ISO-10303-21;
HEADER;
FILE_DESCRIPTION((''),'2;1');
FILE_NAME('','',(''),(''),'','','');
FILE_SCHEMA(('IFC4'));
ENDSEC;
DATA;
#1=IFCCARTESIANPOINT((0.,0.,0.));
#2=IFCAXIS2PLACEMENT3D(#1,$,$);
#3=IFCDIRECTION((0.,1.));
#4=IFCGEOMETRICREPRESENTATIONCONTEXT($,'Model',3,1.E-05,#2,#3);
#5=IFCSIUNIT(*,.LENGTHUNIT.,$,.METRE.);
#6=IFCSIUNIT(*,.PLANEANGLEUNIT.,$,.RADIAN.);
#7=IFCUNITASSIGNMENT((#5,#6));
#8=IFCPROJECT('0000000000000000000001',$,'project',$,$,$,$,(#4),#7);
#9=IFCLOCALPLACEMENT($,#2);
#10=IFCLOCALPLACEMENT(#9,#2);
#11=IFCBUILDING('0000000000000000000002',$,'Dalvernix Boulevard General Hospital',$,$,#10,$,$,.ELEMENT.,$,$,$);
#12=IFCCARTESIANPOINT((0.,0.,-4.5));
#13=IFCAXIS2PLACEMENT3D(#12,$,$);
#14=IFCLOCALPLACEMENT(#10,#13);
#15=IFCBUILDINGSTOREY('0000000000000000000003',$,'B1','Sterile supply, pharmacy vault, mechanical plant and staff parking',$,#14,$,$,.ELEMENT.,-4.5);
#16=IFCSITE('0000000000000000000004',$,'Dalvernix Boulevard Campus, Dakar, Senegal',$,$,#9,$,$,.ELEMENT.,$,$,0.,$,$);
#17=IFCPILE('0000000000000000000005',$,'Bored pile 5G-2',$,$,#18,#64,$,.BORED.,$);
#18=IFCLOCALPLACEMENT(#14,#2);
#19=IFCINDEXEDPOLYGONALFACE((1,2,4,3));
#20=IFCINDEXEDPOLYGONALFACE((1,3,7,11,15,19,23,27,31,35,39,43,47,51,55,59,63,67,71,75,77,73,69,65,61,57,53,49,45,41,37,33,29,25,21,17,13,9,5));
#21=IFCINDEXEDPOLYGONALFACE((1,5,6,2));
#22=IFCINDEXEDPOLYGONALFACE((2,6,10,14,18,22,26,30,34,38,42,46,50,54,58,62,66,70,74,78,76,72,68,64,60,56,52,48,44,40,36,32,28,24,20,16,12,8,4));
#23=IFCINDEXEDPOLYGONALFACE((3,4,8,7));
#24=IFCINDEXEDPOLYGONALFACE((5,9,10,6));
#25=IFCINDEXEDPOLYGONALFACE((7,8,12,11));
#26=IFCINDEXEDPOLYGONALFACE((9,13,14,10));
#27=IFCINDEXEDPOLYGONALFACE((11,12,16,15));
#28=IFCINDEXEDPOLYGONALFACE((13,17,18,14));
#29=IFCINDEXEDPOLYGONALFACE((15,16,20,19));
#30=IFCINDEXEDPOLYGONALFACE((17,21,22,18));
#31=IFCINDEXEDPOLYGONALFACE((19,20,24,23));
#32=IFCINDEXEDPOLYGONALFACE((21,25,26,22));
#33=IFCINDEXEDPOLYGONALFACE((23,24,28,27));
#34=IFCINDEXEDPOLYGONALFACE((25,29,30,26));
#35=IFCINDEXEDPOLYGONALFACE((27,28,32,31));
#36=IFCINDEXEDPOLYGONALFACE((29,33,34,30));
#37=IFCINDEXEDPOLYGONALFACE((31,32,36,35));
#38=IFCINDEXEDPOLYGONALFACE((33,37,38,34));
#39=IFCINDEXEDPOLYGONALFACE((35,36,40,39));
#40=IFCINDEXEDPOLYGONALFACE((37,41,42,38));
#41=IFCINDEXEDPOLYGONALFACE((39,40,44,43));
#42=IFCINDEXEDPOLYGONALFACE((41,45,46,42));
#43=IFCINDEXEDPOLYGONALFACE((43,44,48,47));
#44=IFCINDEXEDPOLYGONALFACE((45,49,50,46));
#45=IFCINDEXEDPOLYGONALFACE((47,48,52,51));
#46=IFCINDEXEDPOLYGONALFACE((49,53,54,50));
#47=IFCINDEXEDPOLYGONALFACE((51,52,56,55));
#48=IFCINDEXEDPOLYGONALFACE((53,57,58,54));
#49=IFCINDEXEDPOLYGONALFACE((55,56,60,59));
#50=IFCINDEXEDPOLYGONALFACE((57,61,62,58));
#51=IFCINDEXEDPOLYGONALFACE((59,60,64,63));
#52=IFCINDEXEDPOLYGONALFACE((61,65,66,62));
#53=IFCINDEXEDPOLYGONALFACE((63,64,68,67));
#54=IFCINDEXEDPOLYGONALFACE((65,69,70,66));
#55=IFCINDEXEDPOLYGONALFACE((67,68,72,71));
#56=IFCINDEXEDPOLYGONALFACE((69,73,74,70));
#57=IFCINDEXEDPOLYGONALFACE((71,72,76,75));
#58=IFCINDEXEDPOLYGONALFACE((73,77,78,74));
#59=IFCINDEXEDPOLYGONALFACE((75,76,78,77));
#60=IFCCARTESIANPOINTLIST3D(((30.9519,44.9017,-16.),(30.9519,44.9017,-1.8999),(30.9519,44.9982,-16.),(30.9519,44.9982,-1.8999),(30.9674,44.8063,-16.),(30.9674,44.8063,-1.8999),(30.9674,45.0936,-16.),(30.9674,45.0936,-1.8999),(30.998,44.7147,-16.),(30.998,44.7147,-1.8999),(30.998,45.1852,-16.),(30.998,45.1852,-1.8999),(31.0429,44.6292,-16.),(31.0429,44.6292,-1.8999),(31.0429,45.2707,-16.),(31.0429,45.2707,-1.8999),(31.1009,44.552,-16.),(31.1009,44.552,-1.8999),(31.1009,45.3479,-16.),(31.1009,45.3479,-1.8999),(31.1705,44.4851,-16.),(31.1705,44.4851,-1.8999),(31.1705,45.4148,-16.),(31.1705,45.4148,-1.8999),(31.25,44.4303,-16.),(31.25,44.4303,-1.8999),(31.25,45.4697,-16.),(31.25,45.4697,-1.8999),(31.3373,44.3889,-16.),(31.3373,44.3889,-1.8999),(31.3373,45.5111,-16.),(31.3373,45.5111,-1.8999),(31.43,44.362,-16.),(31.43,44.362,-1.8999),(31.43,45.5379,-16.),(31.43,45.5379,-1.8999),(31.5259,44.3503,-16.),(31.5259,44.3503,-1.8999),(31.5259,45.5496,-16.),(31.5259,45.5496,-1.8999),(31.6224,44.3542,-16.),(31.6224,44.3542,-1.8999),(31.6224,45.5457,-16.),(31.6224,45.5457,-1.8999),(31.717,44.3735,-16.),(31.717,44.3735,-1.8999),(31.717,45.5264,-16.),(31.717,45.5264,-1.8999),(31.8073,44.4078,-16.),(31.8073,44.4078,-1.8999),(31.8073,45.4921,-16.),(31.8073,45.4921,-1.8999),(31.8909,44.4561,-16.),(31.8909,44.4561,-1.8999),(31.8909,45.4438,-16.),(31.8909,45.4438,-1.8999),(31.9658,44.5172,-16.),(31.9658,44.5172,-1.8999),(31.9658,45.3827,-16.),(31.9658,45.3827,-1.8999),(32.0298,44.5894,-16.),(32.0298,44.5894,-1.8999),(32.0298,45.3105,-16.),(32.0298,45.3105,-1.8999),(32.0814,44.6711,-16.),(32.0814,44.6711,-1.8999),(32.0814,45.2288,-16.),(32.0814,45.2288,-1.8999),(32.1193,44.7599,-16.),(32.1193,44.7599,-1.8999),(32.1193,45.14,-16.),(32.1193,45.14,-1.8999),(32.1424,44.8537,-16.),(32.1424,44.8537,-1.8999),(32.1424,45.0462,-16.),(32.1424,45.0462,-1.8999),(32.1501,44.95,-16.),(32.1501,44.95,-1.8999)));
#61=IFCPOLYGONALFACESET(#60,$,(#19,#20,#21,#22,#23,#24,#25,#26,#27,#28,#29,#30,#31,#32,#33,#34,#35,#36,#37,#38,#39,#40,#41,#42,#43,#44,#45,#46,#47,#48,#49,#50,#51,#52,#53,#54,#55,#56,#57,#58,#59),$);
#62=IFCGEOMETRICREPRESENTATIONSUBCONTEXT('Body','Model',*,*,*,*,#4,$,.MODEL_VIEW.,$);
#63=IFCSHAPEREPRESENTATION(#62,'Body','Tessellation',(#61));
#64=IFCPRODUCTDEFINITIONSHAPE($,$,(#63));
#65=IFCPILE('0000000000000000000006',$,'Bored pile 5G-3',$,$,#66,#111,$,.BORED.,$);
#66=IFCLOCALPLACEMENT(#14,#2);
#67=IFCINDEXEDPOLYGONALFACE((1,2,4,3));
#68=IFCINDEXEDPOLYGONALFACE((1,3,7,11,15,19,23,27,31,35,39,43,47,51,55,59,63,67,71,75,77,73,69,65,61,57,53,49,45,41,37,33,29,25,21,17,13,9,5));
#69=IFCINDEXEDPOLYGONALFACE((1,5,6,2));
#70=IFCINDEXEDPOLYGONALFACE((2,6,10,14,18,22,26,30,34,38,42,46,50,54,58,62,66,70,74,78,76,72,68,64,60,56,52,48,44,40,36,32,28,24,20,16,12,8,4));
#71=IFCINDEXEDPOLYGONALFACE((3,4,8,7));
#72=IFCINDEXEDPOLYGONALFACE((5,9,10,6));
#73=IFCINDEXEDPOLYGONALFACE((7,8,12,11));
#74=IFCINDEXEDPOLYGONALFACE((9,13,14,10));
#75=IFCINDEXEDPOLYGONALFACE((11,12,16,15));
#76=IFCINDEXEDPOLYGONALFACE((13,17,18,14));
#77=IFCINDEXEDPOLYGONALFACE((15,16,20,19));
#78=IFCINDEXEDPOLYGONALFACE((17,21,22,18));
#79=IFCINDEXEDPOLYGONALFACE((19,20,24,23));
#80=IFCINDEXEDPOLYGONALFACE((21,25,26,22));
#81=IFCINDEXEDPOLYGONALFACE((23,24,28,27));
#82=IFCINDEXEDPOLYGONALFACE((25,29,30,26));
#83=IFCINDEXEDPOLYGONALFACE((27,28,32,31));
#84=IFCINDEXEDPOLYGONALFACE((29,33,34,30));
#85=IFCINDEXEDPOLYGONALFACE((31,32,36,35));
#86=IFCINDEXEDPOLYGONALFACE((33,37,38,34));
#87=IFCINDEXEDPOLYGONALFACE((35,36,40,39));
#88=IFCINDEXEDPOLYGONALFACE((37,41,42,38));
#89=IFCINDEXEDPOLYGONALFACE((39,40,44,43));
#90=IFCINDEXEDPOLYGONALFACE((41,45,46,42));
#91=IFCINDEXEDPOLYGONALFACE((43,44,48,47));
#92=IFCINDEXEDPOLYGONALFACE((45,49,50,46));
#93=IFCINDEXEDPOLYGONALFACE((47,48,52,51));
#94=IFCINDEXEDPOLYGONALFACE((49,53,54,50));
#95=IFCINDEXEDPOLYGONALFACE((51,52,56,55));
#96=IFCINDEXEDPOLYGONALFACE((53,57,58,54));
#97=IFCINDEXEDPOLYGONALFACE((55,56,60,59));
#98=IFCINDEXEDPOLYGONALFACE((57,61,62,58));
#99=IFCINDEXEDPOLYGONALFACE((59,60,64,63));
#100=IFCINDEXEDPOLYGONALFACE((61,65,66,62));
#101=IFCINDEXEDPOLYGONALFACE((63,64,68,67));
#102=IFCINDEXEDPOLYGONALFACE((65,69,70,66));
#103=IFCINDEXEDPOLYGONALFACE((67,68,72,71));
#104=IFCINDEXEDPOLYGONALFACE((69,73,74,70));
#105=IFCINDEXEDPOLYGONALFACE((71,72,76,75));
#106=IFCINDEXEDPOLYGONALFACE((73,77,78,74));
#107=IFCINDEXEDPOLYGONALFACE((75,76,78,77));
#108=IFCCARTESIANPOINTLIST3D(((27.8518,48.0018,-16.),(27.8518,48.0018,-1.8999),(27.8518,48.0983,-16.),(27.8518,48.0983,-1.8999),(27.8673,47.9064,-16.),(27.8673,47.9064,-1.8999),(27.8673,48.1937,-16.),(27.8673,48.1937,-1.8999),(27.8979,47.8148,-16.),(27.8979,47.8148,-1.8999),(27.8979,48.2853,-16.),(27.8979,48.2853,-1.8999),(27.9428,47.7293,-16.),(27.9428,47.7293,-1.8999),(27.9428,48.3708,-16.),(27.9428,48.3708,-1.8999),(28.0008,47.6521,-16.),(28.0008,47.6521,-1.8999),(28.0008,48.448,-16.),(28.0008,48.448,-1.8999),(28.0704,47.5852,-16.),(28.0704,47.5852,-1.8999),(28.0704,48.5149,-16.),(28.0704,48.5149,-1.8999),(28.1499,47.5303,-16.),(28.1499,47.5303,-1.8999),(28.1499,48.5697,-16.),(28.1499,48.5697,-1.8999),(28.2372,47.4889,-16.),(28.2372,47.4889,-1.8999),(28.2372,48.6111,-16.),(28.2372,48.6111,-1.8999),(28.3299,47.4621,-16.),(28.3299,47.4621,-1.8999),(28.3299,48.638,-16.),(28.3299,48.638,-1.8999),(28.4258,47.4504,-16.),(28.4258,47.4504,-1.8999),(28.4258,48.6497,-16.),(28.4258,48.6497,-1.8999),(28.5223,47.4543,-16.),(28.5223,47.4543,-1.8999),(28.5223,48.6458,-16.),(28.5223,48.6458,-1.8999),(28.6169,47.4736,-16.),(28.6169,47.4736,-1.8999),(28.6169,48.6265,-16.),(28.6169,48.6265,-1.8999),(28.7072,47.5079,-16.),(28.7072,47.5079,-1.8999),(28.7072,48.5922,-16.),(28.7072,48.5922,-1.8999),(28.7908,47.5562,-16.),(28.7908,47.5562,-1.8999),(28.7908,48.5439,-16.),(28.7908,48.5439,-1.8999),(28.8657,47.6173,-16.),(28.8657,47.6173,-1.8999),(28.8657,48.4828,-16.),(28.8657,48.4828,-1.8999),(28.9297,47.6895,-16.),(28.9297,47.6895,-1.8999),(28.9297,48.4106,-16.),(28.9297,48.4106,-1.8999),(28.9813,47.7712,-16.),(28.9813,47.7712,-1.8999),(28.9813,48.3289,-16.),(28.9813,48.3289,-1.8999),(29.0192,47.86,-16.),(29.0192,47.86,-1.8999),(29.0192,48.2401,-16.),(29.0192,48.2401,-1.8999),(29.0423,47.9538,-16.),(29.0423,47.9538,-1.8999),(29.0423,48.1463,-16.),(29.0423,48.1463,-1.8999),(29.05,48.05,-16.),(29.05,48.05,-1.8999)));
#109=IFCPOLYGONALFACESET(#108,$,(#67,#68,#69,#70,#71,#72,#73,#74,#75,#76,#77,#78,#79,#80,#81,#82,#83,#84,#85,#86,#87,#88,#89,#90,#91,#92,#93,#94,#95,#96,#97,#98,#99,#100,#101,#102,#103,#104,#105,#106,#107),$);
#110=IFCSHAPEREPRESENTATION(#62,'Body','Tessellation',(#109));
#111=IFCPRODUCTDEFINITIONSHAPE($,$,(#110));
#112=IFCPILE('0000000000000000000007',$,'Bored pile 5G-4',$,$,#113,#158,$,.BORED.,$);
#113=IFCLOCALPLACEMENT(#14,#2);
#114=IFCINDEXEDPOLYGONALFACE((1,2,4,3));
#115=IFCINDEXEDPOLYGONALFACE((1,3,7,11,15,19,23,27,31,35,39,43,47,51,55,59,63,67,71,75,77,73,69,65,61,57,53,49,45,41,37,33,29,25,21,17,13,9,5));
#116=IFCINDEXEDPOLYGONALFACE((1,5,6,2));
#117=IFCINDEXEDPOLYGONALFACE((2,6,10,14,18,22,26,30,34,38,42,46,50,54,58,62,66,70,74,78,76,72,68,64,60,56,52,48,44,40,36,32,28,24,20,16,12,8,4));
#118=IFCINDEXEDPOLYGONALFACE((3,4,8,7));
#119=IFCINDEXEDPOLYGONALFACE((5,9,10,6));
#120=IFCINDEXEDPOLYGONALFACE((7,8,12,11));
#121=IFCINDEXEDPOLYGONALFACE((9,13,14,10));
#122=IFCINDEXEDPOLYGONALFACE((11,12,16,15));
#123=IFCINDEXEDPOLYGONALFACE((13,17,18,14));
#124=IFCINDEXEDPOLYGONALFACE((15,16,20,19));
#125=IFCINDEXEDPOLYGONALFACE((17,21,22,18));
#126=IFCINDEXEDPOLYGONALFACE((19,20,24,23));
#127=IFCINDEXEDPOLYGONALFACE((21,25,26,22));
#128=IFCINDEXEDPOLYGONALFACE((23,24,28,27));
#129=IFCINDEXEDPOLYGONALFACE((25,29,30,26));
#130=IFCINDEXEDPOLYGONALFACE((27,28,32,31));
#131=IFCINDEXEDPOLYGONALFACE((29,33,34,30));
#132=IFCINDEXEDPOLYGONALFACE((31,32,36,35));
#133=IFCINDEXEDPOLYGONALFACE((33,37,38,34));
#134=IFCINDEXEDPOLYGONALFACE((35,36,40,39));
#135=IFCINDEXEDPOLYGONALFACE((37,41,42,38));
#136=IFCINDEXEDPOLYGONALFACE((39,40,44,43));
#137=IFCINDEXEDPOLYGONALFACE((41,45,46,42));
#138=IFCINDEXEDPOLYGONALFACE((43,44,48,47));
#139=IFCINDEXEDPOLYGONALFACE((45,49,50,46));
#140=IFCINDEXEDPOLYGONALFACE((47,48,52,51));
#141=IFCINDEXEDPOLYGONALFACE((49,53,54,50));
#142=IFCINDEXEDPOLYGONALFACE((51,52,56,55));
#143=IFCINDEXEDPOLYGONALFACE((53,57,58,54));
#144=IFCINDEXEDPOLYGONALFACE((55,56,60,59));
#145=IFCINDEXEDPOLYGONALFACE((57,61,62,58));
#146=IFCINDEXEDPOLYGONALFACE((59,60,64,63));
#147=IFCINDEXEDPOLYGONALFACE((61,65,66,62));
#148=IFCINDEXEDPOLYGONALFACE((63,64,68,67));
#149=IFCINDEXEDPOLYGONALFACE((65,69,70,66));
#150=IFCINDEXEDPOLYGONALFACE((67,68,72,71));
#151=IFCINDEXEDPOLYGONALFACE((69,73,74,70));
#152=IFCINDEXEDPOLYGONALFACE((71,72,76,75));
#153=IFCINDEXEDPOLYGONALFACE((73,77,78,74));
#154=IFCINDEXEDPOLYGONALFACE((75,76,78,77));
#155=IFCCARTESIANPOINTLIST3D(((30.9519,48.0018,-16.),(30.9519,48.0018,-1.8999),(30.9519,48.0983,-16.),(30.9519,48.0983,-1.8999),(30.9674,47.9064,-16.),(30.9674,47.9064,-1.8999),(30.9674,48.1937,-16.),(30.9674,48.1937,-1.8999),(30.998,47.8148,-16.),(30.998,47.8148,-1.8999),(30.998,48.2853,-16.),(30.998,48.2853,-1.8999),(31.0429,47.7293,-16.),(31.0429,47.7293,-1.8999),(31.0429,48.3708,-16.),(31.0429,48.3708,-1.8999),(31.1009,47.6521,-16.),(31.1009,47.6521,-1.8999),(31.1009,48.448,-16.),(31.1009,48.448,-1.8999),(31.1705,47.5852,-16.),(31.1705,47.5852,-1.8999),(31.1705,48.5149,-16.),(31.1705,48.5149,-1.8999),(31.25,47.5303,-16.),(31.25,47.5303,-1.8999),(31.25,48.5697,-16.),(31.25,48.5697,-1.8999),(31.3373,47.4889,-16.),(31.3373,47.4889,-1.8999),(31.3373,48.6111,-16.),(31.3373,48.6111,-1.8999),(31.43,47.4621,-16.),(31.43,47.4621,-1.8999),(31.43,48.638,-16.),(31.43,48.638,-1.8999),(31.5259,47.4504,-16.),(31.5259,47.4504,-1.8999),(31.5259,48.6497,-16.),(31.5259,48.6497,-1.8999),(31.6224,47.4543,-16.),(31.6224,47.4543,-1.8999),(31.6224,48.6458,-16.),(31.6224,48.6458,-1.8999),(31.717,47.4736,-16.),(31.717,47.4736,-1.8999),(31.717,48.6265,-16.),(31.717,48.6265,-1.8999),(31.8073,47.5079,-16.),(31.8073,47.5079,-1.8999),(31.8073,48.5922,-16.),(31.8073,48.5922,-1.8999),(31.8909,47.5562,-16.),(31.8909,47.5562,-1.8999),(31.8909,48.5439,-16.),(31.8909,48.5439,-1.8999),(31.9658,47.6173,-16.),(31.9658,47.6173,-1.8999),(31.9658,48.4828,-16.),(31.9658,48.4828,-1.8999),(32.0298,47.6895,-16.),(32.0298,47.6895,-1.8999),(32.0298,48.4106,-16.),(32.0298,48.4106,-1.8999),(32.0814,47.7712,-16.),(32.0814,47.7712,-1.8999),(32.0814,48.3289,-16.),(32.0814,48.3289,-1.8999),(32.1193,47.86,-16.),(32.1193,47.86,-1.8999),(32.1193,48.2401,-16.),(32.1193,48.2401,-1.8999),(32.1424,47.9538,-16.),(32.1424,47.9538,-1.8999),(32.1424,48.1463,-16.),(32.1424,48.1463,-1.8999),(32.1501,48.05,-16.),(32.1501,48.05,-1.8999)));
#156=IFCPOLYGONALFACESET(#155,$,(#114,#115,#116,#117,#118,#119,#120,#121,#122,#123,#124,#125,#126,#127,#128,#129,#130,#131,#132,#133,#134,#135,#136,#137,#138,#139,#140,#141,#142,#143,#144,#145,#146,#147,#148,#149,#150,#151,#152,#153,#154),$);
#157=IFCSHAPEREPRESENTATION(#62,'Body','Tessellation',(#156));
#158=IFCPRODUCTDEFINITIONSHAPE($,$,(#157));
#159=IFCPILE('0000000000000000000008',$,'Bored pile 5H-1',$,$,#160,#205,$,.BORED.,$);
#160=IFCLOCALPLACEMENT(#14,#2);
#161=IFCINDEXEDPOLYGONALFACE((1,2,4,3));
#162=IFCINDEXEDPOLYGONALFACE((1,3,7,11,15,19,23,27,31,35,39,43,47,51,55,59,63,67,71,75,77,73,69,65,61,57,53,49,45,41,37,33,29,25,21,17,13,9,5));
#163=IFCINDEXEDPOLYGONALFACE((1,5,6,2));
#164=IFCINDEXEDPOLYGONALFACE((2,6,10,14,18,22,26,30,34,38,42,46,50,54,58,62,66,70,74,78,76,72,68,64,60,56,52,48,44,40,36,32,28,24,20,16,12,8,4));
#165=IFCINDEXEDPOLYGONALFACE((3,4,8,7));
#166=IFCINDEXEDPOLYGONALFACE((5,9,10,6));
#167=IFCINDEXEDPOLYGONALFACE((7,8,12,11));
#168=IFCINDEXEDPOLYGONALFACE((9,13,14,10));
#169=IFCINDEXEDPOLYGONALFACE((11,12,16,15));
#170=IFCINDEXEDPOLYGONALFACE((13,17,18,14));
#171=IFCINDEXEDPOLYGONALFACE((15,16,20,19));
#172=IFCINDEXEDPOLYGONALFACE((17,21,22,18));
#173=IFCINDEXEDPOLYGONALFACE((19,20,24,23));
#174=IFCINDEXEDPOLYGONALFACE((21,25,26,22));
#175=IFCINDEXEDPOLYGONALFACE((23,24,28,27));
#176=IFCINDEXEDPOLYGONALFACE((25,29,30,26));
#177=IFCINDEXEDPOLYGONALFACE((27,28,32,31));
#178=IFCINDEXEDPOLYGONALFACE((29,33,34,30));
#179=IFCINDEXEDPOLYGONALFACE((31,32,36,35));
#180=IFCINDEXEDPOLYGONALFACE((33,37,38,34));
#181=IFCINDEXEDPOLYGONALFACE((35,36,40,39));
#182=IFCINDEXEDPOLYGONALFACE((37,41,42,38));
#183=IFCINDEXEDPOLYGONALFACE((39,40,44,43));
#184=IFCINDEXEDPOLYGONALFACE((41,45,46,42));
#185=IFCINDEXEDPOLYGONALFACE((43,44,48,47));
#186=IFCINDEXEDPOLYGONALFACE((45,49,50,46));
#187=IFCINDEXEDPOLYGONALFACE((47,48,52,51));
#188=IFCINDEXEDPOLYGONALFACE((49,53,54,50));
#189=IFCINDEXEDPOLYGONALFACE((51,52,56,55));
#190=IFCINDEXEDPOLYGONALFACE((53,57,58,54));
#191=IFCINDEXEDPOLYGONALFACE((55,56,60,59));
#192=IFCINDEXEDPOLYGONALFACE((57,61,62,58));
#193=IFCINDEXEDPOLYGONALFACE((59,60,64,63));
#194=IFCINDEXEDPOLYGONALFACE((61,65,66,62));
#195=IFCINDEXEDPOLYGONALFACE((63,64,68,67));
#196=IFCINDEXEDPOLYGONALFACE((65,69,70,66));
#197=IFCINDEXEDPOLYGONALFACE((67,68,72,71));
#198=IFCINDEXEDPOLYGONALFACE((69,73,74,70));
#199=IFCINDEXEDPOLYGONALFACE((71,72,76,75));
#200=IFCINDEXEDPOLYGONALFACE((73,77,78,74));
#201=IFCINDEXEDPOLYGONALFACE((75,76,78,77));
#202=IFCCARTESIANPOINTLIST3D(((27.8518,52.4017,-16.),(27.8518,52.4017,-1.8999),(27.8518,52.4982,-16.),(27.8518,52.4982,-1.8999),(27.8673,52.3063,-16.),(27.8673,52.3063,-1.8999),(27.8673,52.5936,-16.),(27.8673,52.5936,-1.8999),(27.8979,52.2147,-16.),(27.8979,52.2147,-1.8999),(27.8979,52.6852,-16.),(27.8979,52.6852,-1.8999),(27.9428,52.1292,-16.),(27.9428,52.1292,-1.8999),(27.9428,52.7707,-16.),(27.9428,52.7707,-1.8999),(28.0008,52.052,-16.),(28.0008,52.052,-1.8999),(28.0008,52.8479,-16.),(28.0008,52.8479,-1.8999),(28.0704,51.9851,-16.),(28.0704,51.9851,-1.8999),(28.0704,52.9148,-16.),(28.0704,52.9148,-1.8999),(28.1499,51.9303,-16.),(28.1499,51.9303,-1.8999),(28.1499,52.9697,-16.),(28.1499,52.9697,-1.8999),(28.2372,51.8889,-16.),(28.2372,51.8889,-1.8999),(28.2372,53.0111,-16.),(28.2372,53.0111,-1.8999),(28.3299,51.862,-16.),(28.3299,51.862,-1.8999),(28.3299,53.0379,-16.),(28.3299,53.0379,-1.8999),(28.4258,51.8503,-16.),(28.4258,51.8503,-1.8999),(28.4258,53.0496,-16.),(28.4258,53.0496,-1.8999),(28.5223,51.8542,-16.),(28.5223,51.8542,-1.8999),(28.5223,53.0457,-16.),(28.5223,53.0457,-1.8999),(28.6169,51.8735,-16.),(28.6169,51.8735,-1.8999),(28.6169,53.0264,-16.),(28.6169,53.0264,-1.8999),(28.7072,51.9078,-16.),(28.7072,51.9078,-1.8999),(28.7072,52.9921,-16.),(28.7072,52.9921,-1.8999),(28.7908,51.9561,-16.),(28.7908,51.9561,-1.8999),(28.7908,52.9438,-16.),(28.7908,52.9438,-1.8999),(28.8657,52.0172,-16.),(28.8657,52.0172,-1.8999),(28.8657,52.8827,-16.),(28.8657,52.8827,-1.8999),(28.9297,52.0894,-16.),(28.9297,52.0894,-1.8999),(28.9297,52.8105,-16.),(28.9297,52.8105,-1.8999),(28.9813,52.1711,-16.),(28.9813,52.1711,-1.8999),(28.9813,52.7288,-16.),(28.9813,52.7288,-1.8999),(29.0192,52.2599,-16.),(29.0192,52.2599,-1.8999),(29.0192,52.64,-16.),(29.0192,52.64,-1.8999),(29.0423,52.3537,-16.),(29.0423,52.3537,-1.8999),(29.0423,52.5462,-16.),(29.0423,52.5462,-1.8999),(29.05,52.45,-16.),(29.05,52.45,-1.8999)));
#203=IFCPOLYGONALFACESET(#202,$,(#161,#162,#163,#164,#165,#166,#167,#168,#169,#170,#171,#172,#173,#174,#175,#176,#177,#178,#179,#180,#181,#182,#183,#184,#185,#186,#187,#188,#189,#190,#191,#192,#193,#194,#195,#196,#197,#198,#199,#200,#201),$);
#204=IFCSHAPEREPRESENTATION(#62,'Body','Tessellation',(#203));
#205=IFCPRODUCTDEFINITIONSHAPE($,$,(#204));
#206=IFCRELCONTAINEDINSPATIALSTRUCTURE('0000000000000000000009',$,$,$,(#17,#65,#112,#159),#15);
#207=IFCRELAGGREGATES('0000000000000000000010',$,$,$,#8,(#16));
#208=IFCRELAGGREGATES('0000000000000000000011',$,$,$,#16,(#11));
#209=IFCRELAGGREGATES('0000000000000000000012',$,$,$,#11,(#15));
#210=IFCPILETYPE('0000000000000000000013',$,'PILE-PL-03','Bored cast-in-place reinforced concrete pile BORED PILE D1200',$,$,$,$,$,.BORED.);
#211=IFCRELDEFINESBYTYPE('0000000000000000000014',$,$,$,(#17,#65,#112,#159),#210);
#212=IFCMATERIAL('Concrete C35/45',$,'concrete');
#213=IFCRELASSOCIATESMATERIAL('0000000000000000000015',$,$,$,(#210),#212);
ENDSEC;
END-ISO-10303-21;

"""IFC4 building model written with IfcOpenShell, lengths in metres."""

from ifc_helpers import new_model, si_unit, direction, frame, origin, origin_2d, place, context, subcontext, project, spatial, circle, extrude, material, material_profile, profile_set, type_object, element, save


model = new_model("IFC4")

# Units and contexts
model_context = context("Model", 3, precision=1e-05, world=origin(), true_north=direction((0.0, 1.0)))
body_context = subcontext(model_context, "Body", "Model", "MODEL_VIEW")
ifc_project = project(units=[si_unit("LENGTHUNIT", "METRE"), si_unit("PLANEANGLEUNIT", "RADIAN")], contexts=[model_context])

# Site, building, storey
site_placement = place(None, origin())
site = spatial("IfcSite", under=ifc_project, at=site_placement, Name="Dalvernix Boulevard Campus, Dakar, Senegal", CompositionType="ELEMENT", RefElevation=0.0)
building_placement = place(site_placement, origin())
building = spatial("IfcBuilding", under=site, at=building_placement, Name="Dalvernix Boulevard General Hospital", CompositionType="ELEMENT")
storey_placement = place(building_placement, frame((0.0, 0.0, -4.5)))
storey = spatial("IfcBuildingStorey", under=building, at=storey_placement, Name="B1", Description="Sterile supply, pharmacy vault, mechanical plant and staff parking", CompositionType="ELEMENT", Elevation=-4.5)

# Shared definitions
ifc_material_1 = material(Name="Concrete C35/45", Category="concrete")

# Piles
ifc_material_profile_1 = material_profile(ifc_material_1, circle(Radius=0.6001, at=origin_2d()), Name="BORED PILE D1200")
ifc_profile_set_1 = profile_set([ifc_material_profile_1], Name="Concrete C35/45")
pile_type_1 = type_object("IfcPileType", Name="PILE-PL-03", Description="Bored cast-in-place reinforced concrete pile BORED PILE D1200", PredefinedType="BORED", material=ifc_profile_set_1)
for number, where, z_axis, x_axis, name in (
    (1, (31.55, 44.95, -1.8999), (0.0, 0.0, -1.0), (1.0, 0.0, 0.0), "Bored pile 5G-2"),
    (2, (28.45, 48.05, -1.8999), (0.0, 0.0, -1.0), (1.0, 0.0, 0.0), "Bored pile 5G-3"),
    (3, (31.55, 48.05, -1.8999), (0.0, 0.0, -1.0), (1.0, 0.0, 0.0), "Bored pile 5G-4"),
    (4, (28.45, 52.45, -1.8999), (0.0, 0.0, -1.0), (1.0, 0.0, 0.0), "Bored pile 5H-1"),
):
    element("IfcPile", number, at=place(storey_placement, frame(where, z_axis=z_axis, x_axis=x_axis)), inside=storey, type_object=pile_type_1, Name=name, PredefinedType="BORED", context=body_context, shape_type="SweptSolid", body=[
        extrude(circle(Radius=0.6001, at=origin_2d()), origin(), (0.0, 0.0, 1.0), 14.1001),
    ])

save(model, "model.ifc")
